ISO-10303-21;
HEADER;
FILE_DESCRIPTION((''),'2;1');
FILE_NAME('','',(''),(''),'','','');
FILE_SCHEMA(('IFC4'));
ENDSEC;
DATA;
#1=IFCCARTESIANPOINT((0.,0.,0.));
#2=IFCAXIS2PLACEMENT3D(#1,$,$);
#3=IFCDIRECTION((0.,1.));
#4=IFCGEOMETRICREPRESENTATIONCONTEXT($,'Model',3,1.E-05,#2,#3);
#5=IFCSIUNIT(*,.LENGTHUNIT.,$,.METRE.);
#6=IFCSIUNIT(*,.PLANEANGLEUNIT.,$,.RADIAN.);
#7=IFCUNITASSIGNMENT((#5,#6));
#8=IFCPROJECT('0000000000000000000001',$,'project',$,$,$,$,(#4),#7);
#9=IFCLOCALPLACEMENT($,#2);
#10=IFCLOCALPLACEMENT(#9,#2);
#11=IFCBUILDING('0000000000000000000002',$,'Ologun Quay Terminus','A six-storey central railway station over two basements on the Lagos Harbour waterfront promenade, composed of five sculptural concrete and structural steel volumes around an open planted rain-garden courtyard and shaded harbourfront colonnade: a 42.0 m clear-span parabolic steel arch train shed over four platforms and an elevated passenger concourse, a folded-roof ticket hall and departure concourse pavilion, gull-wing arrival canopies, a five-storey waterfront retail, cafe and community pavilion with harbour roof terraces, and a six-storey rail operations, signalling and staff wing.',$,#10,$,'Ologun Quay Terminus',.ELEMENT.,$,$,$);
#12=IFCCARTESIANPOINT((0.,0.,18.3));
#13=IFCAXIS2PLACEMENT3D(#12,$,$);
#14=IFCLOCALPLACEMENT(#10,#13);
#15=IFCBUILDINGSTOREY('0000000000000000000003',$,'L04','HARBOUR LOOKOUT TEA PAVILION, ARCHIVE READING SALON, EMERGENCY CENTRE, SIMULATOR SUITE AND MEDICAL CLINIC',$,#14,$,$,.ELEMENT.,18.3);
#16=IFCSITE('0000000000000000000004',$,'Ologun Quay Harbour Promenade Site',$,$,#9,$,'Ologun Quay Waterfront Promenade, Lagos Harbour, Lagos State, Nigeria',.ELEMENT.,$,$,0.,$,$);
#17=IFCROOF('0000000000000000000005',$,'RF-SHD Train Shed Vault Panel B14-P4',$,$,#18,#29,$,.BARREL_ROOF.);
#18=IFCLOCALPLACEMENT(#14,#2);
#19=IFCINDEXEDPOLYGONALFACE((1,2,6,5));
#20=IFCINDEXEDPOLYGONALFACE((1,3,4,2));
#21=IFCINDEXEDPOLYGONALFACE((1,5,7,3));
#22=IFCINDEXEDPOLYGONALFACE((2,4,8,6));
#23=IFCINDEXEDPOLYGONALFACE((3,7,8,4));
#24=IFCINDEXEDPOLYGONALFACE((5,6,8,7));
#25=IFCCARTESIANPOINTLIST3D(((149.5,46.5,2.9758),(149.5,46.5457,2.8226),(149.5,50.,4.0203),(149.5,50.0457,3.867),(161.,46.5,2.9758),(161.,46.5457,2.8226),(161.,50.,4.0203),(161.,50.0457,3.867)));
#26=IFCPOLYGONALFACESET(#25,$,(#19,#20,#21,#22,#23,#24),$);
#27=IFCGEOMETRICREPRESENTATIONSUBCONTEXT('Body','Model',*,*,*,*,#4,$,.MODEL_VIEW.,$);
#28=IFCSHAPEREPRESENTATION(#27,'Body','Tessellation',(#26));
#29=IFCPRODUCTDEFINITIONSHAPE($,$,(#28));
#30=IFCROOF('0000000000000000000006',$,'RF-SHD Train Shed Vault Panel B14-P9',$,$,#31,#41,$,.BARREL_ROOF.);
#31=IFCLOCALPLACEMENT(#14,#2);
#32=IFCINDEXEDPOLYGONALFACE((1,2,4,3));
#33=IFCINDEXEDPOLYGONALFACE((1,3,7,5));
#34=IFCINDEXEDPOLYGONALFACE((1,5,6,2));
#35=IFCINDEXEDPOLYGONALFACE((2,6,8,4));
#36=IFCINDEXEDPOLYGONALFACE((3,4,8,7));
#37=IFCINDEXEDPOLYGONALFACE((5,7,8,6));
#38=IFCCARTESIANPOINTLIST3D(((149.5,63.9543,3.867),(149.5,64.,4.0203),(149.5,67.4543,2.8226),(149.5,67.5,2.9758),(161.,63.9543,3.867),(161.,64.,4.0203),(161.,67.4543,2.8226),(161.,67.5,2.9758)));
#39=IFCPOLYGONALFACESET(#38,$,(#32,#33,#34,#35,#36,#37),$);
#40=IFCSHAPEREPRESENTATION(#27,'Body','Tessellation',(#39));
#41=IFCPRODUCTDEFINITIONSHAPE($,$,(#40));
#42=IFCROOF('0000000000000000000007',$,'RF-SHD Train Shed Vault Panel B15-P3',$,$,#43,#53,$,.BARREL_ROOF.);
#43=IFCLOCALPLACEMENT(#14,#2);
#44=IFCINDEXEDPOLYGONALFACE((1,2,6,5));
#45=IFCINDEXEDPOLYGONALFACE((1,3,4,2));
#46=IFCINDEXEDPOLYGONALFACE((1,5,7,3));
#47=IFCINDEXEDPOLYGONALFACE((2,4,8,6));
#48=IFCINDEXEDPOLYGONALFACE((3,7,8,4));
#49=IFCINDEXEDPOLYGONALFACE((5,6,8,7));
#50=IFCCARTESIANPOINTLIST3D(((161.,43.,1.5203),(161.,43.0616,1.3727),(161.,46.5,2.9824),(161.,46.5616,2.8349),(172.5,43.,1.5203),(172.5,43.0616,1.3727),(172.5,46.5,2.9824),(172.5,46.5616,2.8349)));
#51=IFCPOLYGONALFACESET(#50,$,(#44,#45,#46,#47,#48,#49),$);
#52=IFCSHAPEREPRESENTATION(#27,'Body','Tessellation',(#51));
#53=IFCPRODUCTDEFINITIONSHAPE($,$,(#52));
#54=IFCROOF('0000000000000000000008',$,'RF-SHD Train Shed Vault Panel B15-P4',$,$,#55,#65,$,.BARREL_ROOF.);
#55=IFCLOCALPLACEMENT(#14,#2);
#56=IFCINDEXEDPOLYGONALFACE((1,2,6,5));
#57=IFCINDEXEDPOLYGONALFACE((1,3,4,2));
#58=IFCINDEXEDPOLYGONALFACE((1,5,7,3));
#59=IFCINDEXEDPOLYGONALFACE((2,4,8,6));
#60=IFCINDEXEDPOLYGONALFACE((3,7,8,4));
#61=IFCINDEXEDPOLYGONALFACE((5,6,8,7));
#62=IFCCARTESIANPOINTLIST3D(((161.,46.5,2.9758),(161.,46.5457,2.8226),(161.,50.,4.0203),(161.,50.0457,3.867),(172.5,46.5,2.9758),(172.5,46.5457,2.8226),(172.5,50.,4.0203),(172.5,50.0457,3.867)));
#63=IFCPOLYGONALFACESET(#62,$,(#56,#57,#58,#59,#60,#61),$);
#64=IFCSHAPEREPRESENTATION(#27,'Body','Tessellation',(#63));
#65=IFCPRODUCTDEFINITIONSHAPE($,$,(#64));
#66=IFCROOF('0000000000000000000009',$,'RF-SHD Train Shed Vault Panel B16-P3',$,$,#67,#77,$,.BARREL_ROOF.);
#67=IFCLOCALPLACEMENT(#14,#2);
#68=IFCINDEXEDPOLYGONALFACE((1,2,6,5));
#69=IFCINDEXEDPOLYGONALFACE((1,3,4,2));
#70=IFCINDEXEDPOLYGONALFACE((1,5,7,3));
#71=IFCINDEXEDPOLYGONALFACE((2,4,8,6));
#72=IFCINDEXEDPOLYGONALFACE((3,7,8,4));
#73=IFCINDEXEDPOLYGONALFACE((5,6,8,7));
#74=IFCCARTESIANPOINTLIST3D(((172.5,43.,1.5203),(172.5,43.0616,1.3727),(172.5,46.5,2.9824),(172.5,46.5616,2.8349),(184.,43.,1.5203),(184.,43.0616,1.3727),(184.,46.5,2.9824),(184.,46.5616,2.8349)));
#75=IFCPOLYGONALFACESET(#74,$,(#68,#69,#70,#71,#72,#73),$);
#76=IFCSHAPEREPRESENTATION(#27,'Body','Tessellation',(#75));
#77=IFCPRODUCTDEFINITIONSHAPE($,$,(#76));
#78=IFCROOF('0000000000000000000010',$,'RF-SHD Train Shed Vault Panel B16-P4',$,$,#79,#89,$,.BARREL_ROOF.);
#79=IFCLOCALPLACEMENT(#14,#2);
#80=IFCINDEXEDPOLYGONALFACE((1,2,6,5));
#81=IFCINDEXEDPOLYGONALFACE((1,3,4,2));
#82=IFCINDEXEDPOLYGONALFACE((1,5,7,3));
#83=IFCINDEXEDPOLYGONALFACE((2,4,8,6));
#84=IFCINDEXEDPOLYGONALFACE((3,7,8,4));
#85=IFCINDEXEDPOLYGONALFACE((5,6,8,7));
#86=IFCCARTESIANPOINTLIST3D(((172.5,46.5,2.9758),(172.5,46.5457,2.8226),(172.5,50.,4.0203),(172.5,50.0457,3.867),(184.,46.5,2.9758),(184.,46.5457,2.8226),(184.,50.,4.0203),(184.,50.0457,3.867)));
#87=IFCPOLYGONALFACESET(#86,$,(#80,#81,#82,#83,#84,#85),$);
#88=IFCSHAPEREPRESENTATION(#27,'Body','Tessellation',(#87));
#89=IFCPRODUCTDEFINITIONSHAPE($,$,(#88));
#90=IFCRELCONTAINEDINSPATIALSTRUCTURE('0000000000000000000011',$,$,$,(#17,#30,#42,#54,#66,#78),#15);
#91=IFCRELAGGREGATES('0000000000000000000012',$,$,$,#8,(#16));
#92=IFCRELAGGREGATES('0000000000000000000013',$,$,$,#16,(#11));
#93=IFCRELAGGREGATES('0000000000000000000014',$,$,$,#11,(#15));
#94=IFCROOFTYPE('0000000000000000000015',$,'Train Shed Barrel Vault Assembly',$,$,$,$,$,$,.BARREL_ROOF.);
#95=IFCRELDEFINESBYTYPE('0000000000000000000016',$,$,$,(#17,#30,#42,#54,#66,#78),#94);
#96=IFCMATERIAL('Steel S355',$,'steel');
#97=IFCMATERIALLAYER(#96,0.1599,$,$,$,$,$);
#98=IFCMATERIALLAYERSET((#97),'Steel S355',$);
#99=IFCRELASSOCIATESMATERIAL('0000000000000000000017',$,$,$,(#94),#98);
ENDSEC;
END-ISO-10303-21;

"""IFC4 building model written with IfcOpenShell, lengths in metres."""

from ifc_helpers import new_model, si_unit, direction, frame, origin, place, context, subcontext, project, spatial, polyline, outline, extrude, material, layer, layer_set, type_object, element, save


model = new_model("IFC4")

# Units and contexts
model_context = context("Model", 3, precision=1e-05, world=origin(), true_north=direction((0.0, 1.0)))
body_context = subcontext(model_context, "Body", "Model", "MODEL_VIEW")
ifc_project = project(units=[si_unit("LENGTHUNIT", "METRE"), si_unit("PLANEANGLEUNIT", "RADIAN")], contexts=[model_context])

# Site, building, storey
site_placement = place(None, origin())
site = spatial("IfcSite", under=ifc_project, at=site_placement, Name="Ologun Quay Harbour Promenade Site", LongName="Ologun Quay Waterfront Promenade, Lagos Harbour, Lagos State, Nigeria", CompositionType="ELEMENT", RefElevation=0.0)
building_placement = place(site_placement, origin())
building = spatial("IfcBuilding", under=site, at=building_placement, Name="Ologun Quay Terminus", Description="A six-storey central railway station over two basements on the Lagos Harbour waterfront promenade, composed of five sculptural concrete and structural steel volumes around an open planted rain-garden courtyard and shaded harbourfront colonnade: a 42.0 m clear-span parabolic steel arch train shed over four platforms and an elevated passenger concourse, a folded-roof ticket hall and departure concourse pavilion, gull-wing arrival canopies, a five-storey waterfront retail, cafe and community pavilion with harbour roof terraces, and a six-storey rail operations, signalling and staff wing.", LongName="Ologun Quay Terminus", CompositionType="ELEMENT")
storey_placement = place(building_placement, frame((0.0, 0.0, 18.3)))
storey = spatial("IfcBuildingStorey", under=building, at=storey_placement, Name="L04", Description="HARBOUR LOOKOUT TEA PAVILION, ARCHIVE READING SALON, EMERGENCY CENTRE, SIMULATOR SUITE AND MEDICAL CLINIC", CompositionType="ELEMENT", Elevation=18.3)

# Roofs
ifc_material_1 = material(Name="Steel S355", Category="steel")
ifc_layer_1 = layer(ifc_material_1, 0.1599)
ifc_layer_set_1 = layer_set([ifc_layer_1], Name="Steel S355")
roof_type = type_object("IfcRoofType", Name="Train Shed Barrel Vault Assembly", PredefinedType="BARREL_ROOF", material=ifc_layer_set_1)
for number, where, z_axis, x_axis, name in (
    (1, (149.5, 46.5, 2.9758), (0.0, -0.285949, 0.958245), (1.0, 0.0, 0.0), "RF-SHD Train Shed Vault Panel B14-P4"),
    (2, (149.5, 64.0, 4.0203), (0.0, 0.285949, 0.958245), (1.0, 0.0, 0.0), "RF-SHD Train Shed Vault Panel B14-P9"),
):
    element("IfcRoof", number, at=place(storey_placement, frame(where, z_axis=z_axis, x_axis=x_axis)), inside=storey, type_object=roof_type, Name=name, PredefinedType="BARREL_ROOF", context=body_context, shape_type="SweptSolid", body=[
        extrude(outline(polyline([(0.0, 0.0), (11.5, 0.0), (11.5, 3.6525), (0.0, 3.6525), (0.0, 0.0)])), origin(), (0.0, 0.0, -1.0), 0.1599),
    ])
roof_1_placement = place(storey_placement, frame((161.0, 43.0, 1.5203), z_axis=(0.0, -0.385474, 0.922719), x_axis=(1.0, 0.0, 0.0)))
element("IfcRoof", 3, at=roof_1_placement, inside=storey, type_object=roof_type, Name="RF-SHD Train Shed Vault Panel B15-P3", PredefinedType="BARREL_ROOF", context=body_context, shape_type="SweptSolid", body=[
    extrude(outline(polyline([(0.0, 0.0), (11.5, 0.0), (11.5, 3.7931), (0.0, 3.7931), (0.0, 0.0)])), origin(), (0.0, 0.0, -1.0), 0.1599),
])
roof_2_placement = place(storey_placement, frame((161.0, 46.5, 2.9758), z_axis=(0.0, -0.285949, 0.958245), x_axis=(1.0, 0.0, 0.0)))
element("IfcRoof", 4, at=roof_2_placement, inside=storey, type_object=roof_type, Name="RF-SHD Train Shed Vault Panel B15-P4", PredefinedType="BARREL_ROOF", context=body_context, shape_type="SweptSolid", body=[
    extrude(outline(polyline([(0.0, 0.0), (11.5, 0.0), (11.5, 3.6525), (0.0, 3.6525), (0.0, 0.0)])), origin(), (0.0, 0.0, -1.0), 0.1599),
])
roof_3_placement = place(storey_placement, frame((172.5, 43.0, 1.5203), z_axis=(0.0, -0.385474, 0.922719), x_axis=(1.0, 0.0, 0.0)))
element("IfcRoof", 5, at=roof_3_placement, inside=storey, type_object=roof_type, Name="RF-SHD Train Shed Vault Panel B16-P3", PredefinedType="BARREL_ROOF", context=body_context, shape_type="SweptSolid", body=[
    extrude(outline(polyline([(0.0, 0.0), (11.5, 0.0), (11.5, 3.7931), (0.0, 3.7931), (0.0, 0.0)])), origin(), (0.0, 0.0, -1.0), 0.1599),
])
roof_4_placement = place(storey_placement, frame((172.5, 46.5, 2.9758), z_axis=(0.0, -0.285949, 0.958245), x_axis=(1.0, 0.0, 0.0)))
element("IfcRoof", 6, at=roof_4_placement, inside=storey, type_object=roof_type, Name="RF-SHD Train Shed Vault Panel B16-P4", PredefinedType="BARREL_ROOF", context=body_context, shape_type="SweptSolid", body=[
    extrude(outline(polyline([(0.0, 0.0), (11.5, 0.0), (11.5, 3.6525), (0.0, 3.6525), (0.0, 0.0)])), origin(), (0.0, 0.0, -1.0), 0.1599),
])

save(model, "model.ifc")
